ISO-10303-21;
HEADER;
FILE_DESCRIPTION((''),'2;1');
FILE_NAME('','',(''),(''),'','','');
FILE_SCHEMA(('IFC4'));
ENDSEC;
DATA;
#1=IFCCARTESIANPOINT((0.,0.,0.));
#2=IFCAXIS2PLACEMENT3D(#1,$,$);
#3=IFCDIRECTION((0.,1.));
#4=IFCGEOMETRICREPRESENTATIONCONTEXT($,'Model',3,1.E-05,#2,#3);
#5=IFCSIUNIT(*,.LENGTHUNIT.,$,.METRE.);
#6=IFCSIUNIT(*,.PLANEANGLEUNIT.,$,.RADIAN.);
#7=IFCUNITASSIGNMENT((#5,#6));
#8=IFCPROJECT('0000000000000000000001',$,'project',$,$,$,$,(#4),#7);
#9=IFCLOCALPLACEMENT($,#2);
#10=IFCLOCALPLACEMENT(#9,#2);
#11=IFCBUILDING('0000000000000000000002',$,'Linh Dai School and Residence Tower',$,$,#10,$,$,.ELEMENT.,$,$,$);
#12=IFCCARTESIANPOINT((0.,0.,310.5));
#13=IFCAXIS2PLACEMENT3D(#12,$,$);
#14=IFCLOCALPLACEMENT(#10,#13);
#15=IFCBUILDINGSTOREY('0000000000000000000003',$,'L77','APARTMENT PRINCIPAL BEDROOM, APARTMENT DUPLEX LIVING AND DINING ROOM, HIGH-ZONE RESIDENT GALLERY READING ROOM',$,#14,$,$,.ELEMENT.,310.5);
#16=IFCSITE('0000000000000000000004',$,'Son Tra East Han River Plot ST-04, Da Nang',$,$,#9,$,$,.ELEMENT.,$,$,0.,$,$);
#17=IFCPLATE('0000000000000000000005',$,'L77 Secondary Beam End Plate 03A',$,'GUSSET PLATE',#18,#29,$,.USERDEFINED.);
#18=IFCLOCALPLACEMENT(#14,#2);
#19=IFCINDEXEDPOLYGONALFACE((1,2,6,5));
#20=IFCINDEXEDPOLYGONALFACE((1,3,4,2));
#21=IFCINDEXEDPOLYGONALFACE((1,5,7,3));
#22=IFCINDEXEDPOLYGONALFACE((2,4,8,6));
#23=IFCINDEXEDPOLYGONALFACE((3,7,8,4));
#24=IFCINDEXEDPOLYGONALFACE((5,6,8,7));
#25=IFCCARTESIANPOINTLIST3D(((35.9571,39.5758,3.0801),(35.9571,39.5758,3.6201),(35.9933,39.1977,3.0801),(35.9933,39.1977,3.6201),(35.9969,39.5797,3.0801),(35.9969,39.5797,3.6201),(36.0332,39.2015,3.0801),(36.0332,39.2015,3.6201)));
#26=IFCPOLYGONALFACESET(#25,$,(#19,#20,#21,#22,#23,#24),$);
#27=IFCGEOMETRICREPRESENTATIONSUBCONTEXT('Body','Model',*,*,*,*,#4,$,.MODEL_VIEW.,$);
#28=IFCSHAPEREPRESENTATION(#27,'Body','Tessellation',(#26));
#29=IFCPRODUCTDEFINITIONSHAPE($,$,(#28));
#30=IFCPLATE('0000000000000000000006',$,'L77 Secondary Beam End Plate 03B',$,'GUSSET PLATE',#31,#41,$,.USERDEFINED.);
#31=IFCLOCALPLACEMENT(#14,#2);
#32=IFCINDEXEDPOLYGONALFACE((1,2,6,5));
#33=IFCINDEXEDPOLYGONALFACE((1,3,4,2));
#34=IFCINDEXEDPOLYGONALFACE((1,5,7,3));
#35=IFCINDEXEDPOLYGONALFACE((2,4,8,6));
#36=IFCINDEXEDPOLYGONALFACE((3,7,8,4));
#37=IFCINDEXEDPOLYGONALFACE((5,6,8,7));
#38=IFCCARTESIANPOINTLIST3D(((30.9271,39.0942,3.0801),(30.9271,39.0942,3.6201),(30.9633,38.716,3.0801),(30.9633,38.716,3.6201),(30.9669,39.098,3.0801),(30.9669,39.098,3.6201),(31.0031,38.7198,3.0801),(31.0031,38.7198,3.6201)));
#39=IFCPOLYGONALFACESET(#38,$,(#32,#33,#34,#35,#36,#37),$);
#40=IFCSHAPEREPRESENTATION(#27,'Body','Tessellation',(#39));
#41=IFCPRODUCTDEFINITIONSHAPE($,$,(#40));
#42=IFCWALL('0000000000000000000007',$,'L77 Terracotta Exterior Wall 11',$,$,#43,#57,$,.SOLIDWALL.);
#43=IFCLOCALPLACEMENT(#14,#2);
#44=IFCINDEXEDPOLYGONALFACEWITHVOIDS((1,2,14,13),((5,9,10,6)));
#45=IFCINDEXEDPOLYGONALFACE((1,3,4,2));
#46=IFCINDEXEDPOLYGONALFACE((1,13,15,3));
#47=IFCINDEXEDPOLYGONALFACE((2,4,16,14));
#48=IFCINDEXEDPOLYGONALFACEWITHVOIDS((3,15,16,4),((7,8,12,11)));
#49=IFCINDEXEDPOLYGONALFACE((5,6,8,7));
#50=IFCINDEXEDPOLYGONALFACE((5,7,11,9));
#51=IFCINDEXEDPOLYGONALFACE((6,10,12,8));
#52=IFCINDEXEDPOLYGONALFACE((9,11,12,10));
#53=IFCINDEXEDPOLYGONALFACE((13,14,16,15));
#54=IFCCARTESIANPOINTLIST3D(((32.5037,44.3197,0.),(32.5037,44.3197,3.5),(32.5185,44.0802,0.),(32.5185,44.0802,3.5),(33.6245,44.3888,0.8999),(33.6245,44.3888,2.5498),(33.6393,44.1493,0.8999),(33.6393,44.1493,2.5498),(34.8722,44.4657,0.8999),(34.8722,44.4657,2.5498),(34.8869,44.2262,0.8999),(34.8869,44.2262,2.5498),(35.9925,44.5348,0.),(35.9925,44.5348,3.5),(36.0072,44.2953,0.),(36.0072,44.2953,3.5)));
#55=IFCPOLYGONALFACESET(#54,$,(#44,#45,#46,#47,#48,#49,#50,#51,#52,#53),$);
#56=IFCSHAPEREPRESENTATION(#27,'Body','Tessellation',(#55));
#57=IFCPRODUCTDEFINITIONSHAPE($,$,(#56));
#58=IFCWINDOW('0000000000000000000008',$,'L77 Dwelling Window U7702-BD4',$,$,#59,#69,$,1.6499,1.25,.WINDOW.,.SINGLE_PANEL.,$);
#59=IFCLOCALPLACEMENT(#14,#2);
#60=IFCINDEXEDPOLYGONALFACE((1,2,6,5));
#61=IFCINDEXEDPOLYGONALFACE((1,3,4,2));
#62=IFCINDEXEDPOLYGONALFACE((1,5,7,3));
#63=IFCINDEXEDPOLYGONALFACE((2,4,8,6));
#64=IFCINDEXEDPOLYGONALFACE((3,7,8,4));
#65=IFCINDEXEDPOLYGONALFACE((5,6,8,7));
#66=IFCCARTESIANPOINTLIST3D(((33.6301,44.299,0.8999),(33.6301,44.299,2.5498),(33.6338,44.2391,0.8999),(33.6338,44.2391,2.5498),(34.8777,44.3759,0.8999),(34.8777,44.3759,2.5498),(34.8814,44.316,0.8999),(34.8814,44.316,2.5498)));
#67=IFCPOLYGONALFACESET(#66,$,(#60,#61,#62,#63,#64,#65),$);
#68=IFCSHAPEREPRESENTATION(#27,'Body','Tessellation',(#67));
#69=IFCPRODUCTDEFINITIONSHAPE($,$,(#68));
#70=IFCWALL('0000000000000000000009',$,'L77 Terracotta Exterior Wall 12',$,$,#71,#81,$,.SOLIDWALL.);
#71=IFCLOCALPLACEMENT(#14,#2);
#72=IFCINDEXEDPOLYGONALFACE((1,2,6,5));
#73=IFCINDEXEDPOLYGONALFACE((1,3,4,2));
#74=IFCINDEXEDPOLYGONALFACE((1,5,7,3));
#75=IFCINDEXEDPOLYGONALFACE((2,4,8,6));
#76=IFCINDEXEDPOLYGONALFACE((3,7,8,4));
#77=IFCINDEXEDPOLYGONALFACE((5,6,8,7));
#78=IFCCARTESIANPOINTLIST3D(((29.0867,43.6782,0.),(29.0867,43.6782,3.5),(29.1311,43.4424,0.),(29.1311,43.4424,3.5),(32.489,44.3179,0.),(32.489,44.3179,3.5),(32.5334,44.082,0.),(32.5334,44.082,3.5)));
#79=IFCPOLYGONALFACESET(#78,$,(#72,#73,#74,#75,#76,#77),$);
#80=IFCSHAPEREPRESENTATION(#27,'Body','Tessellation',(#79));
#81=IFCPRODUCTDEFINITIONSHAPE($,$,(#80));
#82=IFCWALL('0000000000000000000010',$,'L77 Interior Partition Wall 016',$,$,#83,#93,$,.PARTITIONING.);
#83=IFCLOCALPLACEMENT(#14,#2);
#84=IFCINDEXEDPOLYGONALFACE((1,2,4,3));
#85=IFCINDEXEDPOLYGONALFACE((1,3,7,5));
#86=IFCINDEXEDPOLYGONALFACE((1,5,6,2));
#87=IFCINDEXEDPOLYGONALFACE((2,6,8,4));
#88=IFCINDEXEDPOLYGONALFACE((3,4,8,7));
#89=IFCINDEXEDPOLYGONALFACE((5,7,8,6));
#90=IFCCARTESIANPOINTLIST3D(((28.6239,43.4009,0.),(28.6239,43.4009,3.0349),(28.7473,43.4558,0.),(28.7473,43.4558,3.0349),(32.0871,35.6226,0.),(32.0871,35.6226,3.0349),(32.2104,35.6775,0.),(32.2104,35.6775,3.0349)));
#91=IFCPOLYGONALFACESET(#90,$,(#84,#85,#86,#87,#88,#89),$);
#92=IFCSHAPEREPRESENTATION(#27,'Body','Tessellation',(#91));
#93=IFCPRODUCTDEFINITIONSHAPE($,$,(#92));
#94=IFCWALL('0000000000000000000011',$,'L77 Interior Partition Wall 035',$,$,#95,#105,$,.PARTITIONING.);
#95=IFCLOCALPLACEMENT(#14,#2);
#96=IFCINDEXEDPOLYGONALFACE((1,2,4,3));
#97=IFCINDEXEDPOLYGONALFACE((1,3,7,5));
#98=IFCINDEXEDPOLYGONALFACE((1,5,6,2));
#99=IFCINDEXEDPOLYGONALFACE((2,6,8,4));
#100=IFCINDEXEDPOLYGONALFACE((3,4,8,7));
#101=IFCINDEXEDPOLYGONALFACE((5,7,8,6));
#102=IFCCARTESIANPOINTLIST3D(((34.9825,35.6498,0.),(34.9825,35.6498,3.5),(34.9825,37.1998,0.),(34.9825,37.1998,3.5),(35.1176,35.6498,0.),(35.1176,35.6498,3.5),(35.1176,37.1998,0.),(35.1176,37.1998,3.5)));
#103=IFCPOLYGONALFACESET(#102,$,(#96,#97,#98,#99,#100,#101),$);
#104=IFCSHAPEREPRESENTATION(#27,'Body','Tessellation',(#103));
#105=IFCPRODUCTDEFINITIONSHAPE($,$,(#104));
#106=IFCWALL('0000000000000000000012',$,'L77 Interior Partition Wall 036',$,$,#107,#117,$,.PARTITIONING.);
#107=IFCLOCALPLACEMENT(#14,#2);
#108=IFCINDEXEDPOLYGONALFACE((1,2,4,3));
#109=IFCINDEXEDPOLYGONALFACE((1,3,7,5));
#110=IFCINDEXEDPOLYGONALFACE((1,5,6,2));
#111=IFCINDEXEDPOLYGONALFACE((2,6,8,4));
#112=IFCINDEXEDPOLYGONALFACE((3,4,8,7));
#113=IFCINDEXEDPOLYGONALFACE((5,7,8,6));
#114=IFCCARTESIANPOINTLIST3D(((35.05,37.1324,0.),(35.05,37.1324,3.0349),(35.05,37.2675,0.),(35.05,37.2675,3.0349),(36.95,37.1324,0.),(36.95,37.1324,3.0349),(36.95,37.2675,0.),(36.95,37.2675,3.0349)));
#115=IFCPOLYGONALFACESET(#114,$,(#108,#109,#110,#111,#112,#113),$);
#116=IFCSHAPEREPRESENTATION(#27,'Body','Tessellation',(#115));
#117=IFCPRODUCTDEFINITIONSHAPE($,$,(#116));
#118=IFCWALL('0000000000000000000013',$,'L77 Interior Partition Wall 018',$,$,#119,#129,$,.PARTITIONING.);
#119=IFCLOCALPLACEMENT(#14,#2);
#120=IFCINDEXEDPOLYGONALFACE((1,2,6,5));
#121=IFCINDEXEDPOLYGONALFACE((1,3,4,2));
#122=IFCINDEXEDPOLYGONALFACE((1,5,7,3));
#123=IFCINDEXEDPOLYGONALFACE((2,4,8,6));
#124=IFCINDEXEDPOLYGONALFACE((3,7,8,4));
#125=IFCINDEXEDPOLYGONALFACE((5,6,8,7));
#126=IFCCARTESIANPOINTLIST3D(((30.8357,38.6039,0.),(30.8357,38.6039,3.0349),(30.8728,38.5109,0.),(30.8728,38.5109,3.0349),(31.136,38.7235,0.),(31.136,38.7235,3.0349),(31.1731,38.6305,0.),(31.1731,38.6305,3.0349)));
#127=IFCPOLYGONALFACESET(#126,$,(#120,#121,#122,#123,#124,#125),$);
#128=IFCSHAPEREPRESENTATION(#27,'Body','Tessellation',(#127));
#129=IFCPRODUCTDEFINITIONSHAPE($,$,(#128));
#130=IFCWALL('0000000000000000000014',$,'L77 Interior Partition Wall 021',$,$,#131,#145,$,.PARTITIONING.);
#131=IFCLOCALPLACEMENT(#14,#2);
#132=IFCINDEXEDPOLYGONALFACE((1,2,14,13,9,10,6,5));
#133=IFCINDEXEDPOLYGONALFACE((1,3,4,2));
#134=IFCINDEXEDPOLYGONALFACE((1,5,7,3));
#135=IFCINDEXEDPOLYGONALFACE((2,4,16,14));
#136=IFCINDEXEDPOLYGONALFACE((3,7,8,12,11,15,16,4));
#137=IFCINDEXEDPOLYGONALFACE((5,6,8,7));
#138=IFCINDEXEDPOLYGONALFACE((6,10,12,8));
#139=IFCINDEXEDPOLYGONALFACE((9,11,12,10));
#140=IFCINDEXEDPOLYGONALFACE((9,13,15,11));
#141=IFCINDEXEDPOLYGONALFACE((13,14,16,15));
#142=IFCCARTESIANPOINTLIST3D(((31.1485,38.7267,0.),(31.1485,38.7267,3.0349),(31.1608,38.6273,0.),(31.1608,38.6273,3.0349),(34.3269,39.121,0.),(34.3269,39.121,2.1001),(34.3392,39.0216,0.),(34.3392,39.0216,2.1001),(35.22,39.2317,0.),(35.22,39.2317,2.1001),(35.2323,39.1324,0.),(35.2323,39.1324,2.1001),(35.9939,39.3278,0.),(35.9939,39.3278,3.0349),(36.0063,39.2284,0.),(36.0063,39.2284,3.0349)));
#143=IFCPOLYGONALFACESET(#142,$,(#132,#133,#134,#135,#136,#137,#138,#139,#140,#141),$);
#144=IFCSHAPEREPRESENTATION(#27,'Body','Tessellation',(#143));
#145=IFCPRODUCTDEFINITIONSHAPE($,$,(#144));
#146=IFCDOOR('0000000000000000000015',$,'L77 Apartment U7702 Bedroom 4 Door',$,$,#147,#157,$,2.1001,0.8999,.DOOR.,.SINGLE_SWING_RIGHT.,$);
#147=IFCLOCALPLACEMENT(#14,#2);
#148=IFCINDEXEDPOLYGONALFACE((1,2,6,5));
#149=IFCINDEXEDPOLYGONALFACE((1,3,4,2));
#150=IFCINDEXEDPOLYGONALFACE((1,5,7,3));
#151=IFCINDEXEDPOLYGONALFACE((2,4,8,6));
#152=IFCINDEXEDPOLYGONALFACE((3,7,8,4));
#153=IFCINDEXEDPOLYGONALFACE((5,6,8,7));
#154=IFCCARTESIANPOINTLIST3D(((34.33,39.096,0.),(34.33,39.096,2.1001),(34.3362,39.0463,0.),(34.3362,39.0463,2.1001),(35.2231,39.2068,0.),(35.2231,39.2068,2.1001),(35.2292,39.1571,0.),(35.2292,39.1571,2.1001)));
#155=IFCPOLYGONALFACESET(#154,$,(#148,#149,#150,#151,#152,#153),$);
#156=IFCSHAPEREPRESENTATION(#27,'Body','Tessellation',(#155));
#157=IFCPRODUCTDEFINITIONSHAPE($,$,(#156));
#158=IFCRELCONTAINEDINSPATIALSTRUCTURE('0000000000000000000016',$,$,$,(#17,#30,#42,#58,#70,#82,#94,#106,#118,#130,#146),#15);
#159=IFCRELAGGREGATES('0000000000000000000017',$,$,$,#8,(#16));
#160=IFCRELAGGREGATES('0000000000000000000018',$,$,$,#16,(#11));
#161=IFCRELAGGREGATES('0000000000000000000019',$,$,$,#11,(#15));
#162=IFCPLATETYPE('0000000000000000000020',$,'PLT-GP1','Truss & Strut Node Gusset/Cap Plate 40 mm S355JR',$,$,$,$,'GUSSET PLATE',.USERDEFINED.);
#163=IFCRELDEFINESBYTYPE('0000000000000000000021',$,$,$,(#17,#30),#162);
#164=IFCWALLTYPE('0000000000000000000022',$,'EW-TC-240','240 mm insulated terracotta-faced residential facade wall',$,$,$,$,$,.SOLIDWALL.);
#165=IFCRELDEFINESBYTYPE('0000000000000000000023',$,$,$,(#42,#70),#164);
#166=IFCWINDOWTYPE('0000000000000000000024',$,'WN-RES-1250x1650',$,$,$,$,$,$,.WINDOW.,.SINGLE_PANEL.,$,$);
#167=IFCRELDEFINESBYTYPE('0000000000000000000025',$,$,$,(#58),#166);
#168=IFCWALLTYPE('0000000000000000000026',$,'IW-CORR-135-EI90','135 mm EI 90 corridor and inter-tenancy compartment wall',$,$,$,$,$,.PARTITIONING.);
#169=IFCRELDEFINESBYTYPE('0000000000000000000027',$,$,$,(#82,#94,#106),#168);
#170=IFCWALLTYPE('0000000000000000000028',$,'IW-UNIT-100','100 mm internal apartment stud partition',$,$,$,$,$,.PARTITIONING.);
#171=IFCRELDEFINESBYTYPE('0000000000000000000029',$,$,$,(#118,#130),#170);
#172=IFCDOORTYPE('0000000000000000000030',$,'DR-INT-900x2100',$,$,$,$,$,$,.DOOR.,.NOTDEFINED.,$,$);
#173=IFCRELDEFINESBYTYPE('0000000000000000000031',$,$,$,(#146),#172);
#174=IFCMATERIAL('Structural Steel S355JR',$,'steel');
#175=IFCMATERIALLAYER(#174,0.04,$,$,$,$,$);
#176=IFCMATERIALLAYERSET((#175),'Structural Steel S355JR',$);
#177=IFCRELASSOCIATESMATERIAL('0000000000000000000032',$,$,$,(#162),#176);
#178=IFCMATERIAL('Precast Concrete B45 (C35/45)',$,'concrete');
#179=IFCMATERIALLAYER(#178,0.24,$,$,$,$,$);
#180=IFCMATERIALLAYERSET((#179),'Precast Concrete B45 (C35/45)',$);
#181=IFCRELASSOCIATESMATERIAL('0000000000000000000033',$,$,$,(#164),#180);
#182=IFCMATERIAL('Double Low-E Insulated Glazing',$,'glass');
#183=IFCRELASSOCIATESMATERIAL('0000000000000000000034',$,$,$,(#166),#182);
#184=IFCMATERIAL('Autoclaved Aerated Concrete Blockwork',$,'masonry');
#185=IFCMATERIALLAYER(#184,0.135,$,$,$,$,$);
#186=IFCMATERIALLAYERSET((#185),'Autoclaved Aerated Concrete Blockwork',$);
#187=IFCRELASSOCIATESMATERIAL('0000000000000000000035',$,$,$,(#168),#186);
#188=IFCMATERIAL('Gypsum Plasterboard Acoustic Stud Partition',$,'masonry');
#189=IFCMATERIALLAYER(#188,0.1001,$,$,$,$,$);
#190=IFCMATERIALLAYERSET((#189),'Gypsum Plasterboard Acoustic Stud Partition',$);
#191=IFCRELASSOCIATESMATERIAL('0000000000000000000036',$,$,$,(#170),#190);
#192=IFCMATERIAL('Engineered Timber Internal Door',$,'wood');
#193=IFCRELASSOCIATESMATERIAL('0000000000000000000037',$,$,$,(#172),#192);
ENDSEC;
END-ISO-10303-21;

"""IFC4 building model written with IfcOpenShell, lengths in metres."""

from ifc_helpers import new_model, si_unit, direction, frame, frame_2d, origin, origin_2d, place, context, subcontext, project, spatial, rectangle, extrude, source, transform, mapped, material, layer, layer_set, type_object, element, fill, save


model = new_model("IFC4")

# Units and contexts
model_context = context("Model", 3, precision=1e-05, world=origin(), true_north=direction((0.0, 1.0)))
body_context = subcontext(model_context, "Body", "Model", "MODEL_VIEW")
ifc_project = project(units=[si_unit("LENGTHUNIT", "METRE"), si_unit("PLANEANGLEUNIT", "RADIAN")], contexts=[model_context])

# Site, building, storey
site_placement = place(None, origin())
site = spatial("IfcSite", under=ifc_project, at=site_placement, Name="Son Tra East Han River Plot ST-04, Da Nang", CompositionType="ELEMENT", RefElevation=0.0)
building_placement = place(site_placement, origin())
building = spatial("IfcBuilding", under=site, at=building_placement, Name="Linh Dai School and Residence Tower", CompositionType="ELEMENT")
storey_placement = place(building_placement, frame((0.0, 0.0, 310.5)))
storey = spatial("IfcBuildingStorey", under=building, at=storey_placement, Name="L77", Description="APARTMENT PRINCIPAL BEDROOM, APARTMENT DUPLEX LIVING AND DINING ROOM, HIGH-ZONE RESIDENT GALLERY READING ROOM", CompositionType="ELEMENT", Elevation=310.5)

# Shared definitions
ifc_material_1 = material(Name="Structural Steel S355JR", Category="steel")

# Plates
ifc_layer_1 = layer(ifc_material_1, 0.04)
ifc_layer_set_1 = layer_set([ifc_layer_1], Name="Structural Steel S355JR")
plate_type = type_object("IfcPlateType", Name="PLT-GP1", Description="Truss & Strut Node Gusset/Cap Plate 40 mm S355JR", ElementType="GUSSET PLATE", PredefinedType="USERDEFINED", material=ifc_layer_set_1)
shared_shape_1 = source(origin(), body_context, "Body", "SweptSolid", [
    extrude(rectangle(XDim=0.04, YDim=0.3799, at=origin_2d()), origin(), (0.0, 0.0, 1.0), 0.54),
])
for number, where, z_axis, x_axis, name in (
    (1, (35.9951, 39.3887, 3.0801), (0.0, 0.0, 1.0), (-0.995445, -0.095338, 0.0), "L77 Secondary Beam End Plate 03A"),
    (2, (30.9651, 38.907, 3.0801), (0.0, 0.0, 1.0), (-0.995445, -0.095338, 0.0), "L77 Secondary Beam End Plate 03B"),
):
    element("IfcPlate", number, at=place(storey_placement, frame(where, z_axis=z_axis, x_axis=x_axis)), inside=storey, type_object=plate_type, Name=name, ObjectType="GUSSET PLATE", PredefinedType="USERDEFINED", context=body_context, shape_type="MappedRepresentation", body=[
        mapped(shared_shape_1, transform((0.0, 0.0, 0.0), x_axis=(1.0, 0.0, 0.0), y_axis=(0.0, 1.0, 0.0), z_axis=(0.0, 0.0, 1.0), scale=1.0)),
    ])

# Wall, opening, window
ifc_material_2 = material(Name="Precast Concrete B45 (C35/45)", Category="concrete")
ifc_layer_2 = layer(ifc_material_2, 0.24)
ifc_layer_set_2 = layer_set([ifc_layer_2], Name="Precast Concrete B45 (C35/45)")
wall_type_1 = type_object("IfcWallType", Name="EW-TC-240", Description="240 mm insulated terracotta-faced residential facade wall", PredefinedType="SOLIDWALL", material=ifc_layer_set_2)
wall_1_placement = place(storey_placement, frame((32.5112, 44.2, 0.0), z_axis=(0.0, 0.0, 1.0), x_axis=(0.998105, 0.061535, 0.0)))
wall_1 = element("IfcWall", 3, at=wall_1_placement, inside=storey, type_object=wall_type_1, Name="L77 Terracotta Exterior Wall 11", PredefinedType="SOLIDWALL", context=body_context, shape_type="SweptSolid", body=[
    extrude(rectangle(XDim=3.4954, YDim=0.24, at=frame_2d((1.7476, 0.0))), origin(), (0.0, 0.0, 1.0), 3.5),
])
opening_1_placement = place(wall_1_placement, frame((1.1228, 0.0, 0.8999)))
opening_1 = element("IfcOpeningElement", 4, at=opening_1_placement, cuts=wall_1, PredefinedType="OPENING", context=body_context, shape_type="SweptSolid", body=[
    extrude(rectangle(XDim=1.25, YDim=1.6499, at=origin_2d()), frame((0.625, 0.1299, 0.825), z_axis=(0.0, -1.0, 0.0), x_axis=(1.0, 0.0, 0.0)), (0.0, 0.0, 1.0), 0.26),
])
ifc_material_3 = material(Name="Double Low-E Insulated Glazing", Category="glass")
window_type = type_object("IfcWindowType", Name="WN-RES-1250x1650", PartitioningType="SINGLE_PANEL", PredefinedType="WINDOW", material=ifc_material_3)
shared_shape_2 = source(origin(), body_context, "Body", "SweptSolid", [
    extrude(rectangle(XDim=1.25, YDim=1.6499, at=origin_2d()), frame((0.625, 0.03, 0.825), z_axis=(0.0, -1.0, 0.0), x_axis=(1.0, 0.0, 0.0)), (0.0, 0.0, 1.0), 0.0601),
])
window_placement = place(opening_1_placement, origin())
window = element("IfcWindow", 5, at=window_placement, inside=storey, type_object=window_type, Name="L77 Dwelling Window U7702-BD4", OverallHeight=1.6499, OverallWidth=1.25, PartitioningType="SINGLE_PANEL", PredefinedType="WINDOW", context=body_context, shape_type="MappedRepresentation", body=[
    mapped(shared_shape_2, transform((0.0, 0.0, 0.0), x_axis=(1.0, 0.0, 0.0), y_axis=(0.0, 1.0, 0.0), z_axis=(0.0, 0.0, 1.0), scale=1.0)),
])
fill(opening_1, window)

# Walls
wall_2_placement = place(storey_placement, frame((29.1089, 43.5603, 0.0), z_axis=(0.0, 0.0, 1.0), x_axis=(0.982783, 0.184765, 0.0)))
element("IfcWall", 6, at=wall_2_placement, inside=storey, type_object=wall_type_1, Name="L77 Terracotta Exterior Wall 12", PredefinedType="SOLIDWALL", context=body_context, shape_type="SweptSolid", body=[
    extrude(rectangle(XDim=3.4619, YDim=0.24, at=frame_2d((1.731, 0.0))), origin(), (0.0, 0.0, 1.0), 3.5),
])
ifc_material_4 = material(Name="Autoclaved Aerated Concrete Blockwork", Category="masonry")
ifc_layer_3 = layer(ifc_material_4, 0.135)
ifc_layer_set_3 = layer_set([ifc_layer_3], Name="Autoclaved Aerated Concrete Blockwork")
wall_type_2 = type_object("IfcWallType", Name="IW-CORR-135-EI90", Description="135 mm EI 90 corridor and inter-tenancy compartment wall", PredefinedType="PARTITIONING", material=ifc_layer_set_3)
wall_3_placement = place(storey_placement, frame((28.6855, 43.4285, 0.0), z_axis=(0.0, 0.0, 1.0), x_axis=(0.406737, -0.913545, 0.0)))
element("IfcWall", 7, at=wall_3_placement, inside=storey, type_object=wall_type_2, Name="L77 Interior Partition Wall 016", PredefinedType="PARTITIONING", context=body_context, shape_type="SweptSolid", body=[
    extrude(rectangle(XDim=8.5144, YDim=0.135, at=frame_2d((4.2573, 0.0))), origin(), (0.0, 0.0, 1.0), 3.0349),
])
wall_4_placement = place(storey_placement, frame((35.05, 35.6499, 0.0), z_axis=(0.0, 0.0, 1.0), x_axis=(0.0, 1.0, 0.0)))
element("IfcWall", 8, at=wall_4_placement, inside=storey, type_object=wall_type_2, Name="L77 Interior Partition Wall 035", PredefinedType="PARTITIONING", context=body_context, shape_type="SweptSolid", body=[
    extrude(rectangle(XDim=1.55, YDim=0.135, at=frame_2d((0.7749, 0.0))), origin(), (0.0, 0.0, 1.0), 3.5),
])
wall_5_placement = place(storey_placement, frame((35.05, 37.2, 0.0), z_axis=(0.0, 0.0, 1.0), x_axis=(1.0, 0.0, 0.0)))
element("IfcWall", 9, at=wall_5_placement, inside=storey, type_object=wall_type_2, Name="L77 Interior Partition Wall 036", PredefinedType="PARTITIONING", context=body_context, shape_type="SweptSolid", body=[
    extrude(rectangle(XDim=1.8999, YDim=0.135, at=frame_2d((0.95, 0.0))), origin(), (0.0, 0.0, 1.0), 3.0349),
])
ifc_material_5 = material(Name="Gypsum Plasterboard Acoustic Stud Partition", Category="masonry")
ifc_layer_4 = layer(ifc_material_5, 0.1001)
ifc_layer_set_4 = layer_set([ifc_layer_4], Name="Gypsum Plasterboard Acoustic Stud Partition")
wall_type_3 = type_object("IfcWallType", Name="IW-UNIT-100", Description="100 mm internal apartment stud partition", PredefinedType="PARTITIONING", material=ifc_layer_set_4)
wall_6_placement = place(storey_placement, frame((30.8542, 38.5574, 0.0), z_axis=(0.0, 0.0, 1.0), x_axis=(0.928997, 0.370088, 0.0)))
element("IfcWall", 10, at=wall_6_placement, inside=storey, type_object=wall_type_3, Name="L77 Interior Partition Wall 018", PredefinedType="PARTITIONING", context=body_context, shape_type="SweptSolid", body=[
    extrude(rectangle(XDim=0.3232, YDim=0.1001, at=frame_2d((0.1616, 0.0))), origin(), (0.0, 0.0, 1.0), 3.0349),
])

# Wall, opening, door
wall_7_placement = place(storey_placement, frame((31.1545, 38.677, 0.0), z_axis=(0.0, 0.0, 1.0), x_axis=(0.992394, 0.123105, 0.0)))
wall_7 = element("IfcWall", 11, at=wall_7_placement, inside=storey, type_object=wall_type_3, Name="L77 Interior Partition Wall 021", PredefinedType="PARTITIONING", context=body_context, shape_type="SweptSolid", body=[
    extrude(rectangle(XDim=4.8826, YDim=0.1001, at=frame_2d((2.4414, 0.0))), origin(), (0.0, 0.0, 1.0), 3.0349),
])
opening_2_placement = place(wall_7_placement, frame((3.2029, 0.0, 0.0)))
opening_2 = element("IfcOpeningElement", 12, at=opening_2_placement, cuts=wall_7, PredefinedType="OPENING", context=body_context, shape_type="SweptSolid", body=[
    extrude(rectangle(XDim=0.8999, YDim=2.1001, at=origin_2d()), frame((0.45, 0.0601, 1.05), z_axis=(0.0, -1.0, 0.0), x_axis=(1.0, 0.0, 0.0)), (0.0, 0.0, 1.0), 0.1201),
])
ifc_material_6 = material(Name="Engineered Timber Internal Door", Category="wood")
door_type_1 = type_object("IfcDoorType", Name="DR-INT-900x2100", OperationType="NOTDEFINED", PredefinedType="DOOR", material=ifc_material_6)
shared_shape_3 = source(origin(), body_context, "Body", "SweptSolid", [
    extrude(rectangle(XDim=0.8999, YDim=2.1001, at=origin_2d()), frame((0.45, 0.0249, 1.05), z_axis=(0.0, -1.0, 0.0), x_axis=(1.0, 0.0, 0.0)), (0.0, 0.0, 1.0), 0.05),
])
door_1_placement = place(opening_2_placement, origin())
door_1 = element("IfcDoor", 13, at=door_1_placement, inside=storey, type_object=door_type_1, Name="L77 Apartment U7702 Bedroom 4 Door", OperationType="SINGLE_SWING_RIGHT", OverallHeight=2.1001, OverallWidth=0.8999, PredefinedType="DOOR", context=body_context, shape_type="MappedRepresentation", body=[
    mapped(shared_shape_3, transform((0.0, 0.0, 0.0), x_axis=(1.0, 0.0, 0.0), y_axis=(0.0, 1.0, 0.0), z_axis=(0.0, 0.0, 1.0), scale=1.0)),
])
fill(opening_2, door_1)

save(model, "model.ifc")
